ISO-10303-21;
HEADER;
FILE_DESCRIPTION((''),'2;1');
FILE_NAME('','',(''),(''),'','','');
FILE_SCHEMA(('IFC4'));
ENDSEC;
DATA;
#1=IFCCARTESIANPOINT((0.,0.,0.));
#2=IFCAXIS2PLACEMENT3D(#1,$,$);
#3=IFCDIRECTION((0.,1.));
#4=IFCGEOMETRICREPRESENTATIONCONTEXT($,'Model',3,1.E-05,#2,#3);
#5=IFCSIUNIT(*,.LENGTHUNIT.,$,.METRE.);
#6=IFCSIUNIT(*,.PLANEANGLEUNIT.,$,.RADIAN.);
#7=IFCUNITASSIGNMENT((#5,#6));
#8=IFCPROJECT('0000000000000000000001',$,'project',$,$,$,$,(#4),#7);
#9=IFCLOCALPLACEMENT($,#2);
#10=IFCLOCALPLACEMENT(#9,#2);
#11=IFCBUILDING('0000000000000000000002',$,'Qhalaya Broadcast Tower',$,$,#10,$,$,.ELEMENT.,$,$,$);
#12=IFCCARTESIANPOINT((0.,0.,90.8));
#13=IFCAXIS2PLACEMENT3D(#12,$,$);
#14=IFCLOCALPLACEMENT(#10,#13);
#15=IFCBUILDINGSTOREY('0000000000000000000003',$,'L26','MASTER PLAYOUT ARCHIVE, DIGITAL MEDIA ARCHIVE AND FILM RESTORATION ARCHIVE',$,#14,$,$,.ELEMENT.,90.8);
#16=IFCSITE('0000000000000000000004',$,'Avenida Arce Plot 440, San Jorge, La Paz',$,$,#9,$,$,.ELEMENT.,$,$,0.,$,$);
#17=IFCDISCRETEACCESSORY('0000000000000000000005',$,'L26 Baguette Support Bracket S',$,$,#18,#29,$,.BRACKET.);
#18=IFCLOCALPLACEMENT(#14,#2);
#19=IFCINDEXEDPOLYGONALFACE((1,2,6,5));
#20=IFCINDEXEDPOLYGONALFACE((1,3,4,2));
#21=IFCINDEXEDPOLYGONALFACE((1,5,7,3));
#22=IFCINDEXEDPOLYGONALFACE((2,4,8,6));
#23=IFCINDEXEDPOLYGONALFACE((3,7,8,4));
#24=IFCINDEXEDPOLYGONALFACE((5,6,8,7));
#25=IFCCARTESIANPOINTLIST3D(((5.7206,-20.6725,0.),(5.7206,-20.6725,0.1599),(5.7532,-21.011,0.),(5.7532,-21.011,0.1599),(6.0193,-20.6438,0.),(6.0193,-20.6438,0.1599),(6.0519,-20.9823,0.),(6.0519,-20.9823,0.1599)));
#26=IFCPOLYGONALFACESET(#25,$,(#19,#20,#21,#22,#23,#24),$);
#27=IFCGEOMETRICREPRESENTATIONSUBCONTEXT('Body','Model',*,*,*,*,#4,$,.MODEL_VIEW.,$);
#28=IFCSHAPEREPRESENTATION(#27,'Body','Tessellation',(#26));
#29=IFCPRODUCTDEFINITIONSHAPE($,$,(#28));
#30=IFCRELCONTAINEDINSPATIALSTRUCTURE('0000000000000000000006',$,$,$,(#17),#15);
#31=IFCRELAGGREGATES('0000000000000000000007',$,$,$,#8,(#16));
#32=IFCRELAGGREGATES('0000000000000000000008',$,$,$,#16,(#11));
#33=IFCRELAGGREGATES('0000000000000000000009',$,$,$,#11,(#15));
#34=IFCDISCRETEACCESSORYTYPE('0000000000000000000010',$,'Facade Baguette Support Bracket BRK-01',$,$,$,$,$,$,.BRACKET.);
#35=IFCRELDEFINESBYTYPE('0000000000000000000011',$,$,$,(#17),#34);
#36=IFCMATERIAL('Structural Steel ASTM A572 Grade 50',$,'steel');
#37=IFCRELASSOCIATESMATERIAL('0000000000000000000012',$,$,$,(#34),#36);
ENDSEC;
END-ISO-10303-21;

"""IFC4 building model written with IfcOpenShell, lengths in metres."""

from ifc_helpers import new_model, si_unit, direction, frame, origin, origin_2d, place, context, subcontext, project, spatial, rectangle, extrude, material, type_object, element, save


model = new_model("IFC4")

# Units and contexts
model_context = context("Model", 3, precision=1e-05, world=origin(), true_north=direction((0.0, 1.0)))
body_context = subcontext(model_context, "Body", "Model", "MODEL_VIEW")
ifc_project = project(units=[si_unit("LENGTHUNIT", "METRE"), si_unit("PLANEANGLEUNIT", "RADIAN")], contexts=[model_context])

# Site, building, storey
site_placement = place(None, origin())
site = spatial("IfcSite", under=ifc_project, at=site_placement, Name="Avenida Arce Plot 440, San Jorge, La Paz", CompositionType="ELEMENT", RefElevation=0.0)
building_placement = place(site_placement, origin())
building = spatial("IfcBuilding", under=site, at=building_placement, Name="Qhalaya Broadcast Tower", CompositionType="ELEMENT")
storey_placement = place(building_placement, frame((0.0, 0.0, 90.8)))
storey = spatial("IfcBuildingStorey", under=building, at=storey_placement, Name="L26", Description="MASTER PLAYOUT ARCHIVE, DIGITAL MEDIA ARCHIVE AND FILM RESTORATION ARCHIVE", CompositionType="ELEMENT", Elevation=90.8)

# Shared definitions
ifc_material_1 = material(Name="Structural Steel ASTM A572 Grade 50", Category="steel")

# Discrete accessory
discrete_accessory_type = type_object("IfcDiscreteAccessoryType", Name="Facade Baguette Support Bracket BRK-01", PredefinedType="BRACKET", material=ifc_material_1)
discrete_accessory_placement = place(storey_placement, frame((5.8862, -20.8274, 0.0), z_axis=(0.0, 0.0, 1.0), x_axis=(0.995396, 0.095846, 0.0)))
element("IfcDiscreteAccessory", 1, at=discrete_accessory_placement, inside=storey, type_object=discrete_accessory_type, Name="L26 Baguette Support Bracket S", PredefinedType="BRACKET", context=body_context, shape_type="SweptSolid", body=[
    extrude(rectangle(XDim=0.3, YDim=0.3401, at=origin_2d()), origin(), (0.0, 0.0, 1.0), 0.1599),
])

save(model, "model.ifc")
